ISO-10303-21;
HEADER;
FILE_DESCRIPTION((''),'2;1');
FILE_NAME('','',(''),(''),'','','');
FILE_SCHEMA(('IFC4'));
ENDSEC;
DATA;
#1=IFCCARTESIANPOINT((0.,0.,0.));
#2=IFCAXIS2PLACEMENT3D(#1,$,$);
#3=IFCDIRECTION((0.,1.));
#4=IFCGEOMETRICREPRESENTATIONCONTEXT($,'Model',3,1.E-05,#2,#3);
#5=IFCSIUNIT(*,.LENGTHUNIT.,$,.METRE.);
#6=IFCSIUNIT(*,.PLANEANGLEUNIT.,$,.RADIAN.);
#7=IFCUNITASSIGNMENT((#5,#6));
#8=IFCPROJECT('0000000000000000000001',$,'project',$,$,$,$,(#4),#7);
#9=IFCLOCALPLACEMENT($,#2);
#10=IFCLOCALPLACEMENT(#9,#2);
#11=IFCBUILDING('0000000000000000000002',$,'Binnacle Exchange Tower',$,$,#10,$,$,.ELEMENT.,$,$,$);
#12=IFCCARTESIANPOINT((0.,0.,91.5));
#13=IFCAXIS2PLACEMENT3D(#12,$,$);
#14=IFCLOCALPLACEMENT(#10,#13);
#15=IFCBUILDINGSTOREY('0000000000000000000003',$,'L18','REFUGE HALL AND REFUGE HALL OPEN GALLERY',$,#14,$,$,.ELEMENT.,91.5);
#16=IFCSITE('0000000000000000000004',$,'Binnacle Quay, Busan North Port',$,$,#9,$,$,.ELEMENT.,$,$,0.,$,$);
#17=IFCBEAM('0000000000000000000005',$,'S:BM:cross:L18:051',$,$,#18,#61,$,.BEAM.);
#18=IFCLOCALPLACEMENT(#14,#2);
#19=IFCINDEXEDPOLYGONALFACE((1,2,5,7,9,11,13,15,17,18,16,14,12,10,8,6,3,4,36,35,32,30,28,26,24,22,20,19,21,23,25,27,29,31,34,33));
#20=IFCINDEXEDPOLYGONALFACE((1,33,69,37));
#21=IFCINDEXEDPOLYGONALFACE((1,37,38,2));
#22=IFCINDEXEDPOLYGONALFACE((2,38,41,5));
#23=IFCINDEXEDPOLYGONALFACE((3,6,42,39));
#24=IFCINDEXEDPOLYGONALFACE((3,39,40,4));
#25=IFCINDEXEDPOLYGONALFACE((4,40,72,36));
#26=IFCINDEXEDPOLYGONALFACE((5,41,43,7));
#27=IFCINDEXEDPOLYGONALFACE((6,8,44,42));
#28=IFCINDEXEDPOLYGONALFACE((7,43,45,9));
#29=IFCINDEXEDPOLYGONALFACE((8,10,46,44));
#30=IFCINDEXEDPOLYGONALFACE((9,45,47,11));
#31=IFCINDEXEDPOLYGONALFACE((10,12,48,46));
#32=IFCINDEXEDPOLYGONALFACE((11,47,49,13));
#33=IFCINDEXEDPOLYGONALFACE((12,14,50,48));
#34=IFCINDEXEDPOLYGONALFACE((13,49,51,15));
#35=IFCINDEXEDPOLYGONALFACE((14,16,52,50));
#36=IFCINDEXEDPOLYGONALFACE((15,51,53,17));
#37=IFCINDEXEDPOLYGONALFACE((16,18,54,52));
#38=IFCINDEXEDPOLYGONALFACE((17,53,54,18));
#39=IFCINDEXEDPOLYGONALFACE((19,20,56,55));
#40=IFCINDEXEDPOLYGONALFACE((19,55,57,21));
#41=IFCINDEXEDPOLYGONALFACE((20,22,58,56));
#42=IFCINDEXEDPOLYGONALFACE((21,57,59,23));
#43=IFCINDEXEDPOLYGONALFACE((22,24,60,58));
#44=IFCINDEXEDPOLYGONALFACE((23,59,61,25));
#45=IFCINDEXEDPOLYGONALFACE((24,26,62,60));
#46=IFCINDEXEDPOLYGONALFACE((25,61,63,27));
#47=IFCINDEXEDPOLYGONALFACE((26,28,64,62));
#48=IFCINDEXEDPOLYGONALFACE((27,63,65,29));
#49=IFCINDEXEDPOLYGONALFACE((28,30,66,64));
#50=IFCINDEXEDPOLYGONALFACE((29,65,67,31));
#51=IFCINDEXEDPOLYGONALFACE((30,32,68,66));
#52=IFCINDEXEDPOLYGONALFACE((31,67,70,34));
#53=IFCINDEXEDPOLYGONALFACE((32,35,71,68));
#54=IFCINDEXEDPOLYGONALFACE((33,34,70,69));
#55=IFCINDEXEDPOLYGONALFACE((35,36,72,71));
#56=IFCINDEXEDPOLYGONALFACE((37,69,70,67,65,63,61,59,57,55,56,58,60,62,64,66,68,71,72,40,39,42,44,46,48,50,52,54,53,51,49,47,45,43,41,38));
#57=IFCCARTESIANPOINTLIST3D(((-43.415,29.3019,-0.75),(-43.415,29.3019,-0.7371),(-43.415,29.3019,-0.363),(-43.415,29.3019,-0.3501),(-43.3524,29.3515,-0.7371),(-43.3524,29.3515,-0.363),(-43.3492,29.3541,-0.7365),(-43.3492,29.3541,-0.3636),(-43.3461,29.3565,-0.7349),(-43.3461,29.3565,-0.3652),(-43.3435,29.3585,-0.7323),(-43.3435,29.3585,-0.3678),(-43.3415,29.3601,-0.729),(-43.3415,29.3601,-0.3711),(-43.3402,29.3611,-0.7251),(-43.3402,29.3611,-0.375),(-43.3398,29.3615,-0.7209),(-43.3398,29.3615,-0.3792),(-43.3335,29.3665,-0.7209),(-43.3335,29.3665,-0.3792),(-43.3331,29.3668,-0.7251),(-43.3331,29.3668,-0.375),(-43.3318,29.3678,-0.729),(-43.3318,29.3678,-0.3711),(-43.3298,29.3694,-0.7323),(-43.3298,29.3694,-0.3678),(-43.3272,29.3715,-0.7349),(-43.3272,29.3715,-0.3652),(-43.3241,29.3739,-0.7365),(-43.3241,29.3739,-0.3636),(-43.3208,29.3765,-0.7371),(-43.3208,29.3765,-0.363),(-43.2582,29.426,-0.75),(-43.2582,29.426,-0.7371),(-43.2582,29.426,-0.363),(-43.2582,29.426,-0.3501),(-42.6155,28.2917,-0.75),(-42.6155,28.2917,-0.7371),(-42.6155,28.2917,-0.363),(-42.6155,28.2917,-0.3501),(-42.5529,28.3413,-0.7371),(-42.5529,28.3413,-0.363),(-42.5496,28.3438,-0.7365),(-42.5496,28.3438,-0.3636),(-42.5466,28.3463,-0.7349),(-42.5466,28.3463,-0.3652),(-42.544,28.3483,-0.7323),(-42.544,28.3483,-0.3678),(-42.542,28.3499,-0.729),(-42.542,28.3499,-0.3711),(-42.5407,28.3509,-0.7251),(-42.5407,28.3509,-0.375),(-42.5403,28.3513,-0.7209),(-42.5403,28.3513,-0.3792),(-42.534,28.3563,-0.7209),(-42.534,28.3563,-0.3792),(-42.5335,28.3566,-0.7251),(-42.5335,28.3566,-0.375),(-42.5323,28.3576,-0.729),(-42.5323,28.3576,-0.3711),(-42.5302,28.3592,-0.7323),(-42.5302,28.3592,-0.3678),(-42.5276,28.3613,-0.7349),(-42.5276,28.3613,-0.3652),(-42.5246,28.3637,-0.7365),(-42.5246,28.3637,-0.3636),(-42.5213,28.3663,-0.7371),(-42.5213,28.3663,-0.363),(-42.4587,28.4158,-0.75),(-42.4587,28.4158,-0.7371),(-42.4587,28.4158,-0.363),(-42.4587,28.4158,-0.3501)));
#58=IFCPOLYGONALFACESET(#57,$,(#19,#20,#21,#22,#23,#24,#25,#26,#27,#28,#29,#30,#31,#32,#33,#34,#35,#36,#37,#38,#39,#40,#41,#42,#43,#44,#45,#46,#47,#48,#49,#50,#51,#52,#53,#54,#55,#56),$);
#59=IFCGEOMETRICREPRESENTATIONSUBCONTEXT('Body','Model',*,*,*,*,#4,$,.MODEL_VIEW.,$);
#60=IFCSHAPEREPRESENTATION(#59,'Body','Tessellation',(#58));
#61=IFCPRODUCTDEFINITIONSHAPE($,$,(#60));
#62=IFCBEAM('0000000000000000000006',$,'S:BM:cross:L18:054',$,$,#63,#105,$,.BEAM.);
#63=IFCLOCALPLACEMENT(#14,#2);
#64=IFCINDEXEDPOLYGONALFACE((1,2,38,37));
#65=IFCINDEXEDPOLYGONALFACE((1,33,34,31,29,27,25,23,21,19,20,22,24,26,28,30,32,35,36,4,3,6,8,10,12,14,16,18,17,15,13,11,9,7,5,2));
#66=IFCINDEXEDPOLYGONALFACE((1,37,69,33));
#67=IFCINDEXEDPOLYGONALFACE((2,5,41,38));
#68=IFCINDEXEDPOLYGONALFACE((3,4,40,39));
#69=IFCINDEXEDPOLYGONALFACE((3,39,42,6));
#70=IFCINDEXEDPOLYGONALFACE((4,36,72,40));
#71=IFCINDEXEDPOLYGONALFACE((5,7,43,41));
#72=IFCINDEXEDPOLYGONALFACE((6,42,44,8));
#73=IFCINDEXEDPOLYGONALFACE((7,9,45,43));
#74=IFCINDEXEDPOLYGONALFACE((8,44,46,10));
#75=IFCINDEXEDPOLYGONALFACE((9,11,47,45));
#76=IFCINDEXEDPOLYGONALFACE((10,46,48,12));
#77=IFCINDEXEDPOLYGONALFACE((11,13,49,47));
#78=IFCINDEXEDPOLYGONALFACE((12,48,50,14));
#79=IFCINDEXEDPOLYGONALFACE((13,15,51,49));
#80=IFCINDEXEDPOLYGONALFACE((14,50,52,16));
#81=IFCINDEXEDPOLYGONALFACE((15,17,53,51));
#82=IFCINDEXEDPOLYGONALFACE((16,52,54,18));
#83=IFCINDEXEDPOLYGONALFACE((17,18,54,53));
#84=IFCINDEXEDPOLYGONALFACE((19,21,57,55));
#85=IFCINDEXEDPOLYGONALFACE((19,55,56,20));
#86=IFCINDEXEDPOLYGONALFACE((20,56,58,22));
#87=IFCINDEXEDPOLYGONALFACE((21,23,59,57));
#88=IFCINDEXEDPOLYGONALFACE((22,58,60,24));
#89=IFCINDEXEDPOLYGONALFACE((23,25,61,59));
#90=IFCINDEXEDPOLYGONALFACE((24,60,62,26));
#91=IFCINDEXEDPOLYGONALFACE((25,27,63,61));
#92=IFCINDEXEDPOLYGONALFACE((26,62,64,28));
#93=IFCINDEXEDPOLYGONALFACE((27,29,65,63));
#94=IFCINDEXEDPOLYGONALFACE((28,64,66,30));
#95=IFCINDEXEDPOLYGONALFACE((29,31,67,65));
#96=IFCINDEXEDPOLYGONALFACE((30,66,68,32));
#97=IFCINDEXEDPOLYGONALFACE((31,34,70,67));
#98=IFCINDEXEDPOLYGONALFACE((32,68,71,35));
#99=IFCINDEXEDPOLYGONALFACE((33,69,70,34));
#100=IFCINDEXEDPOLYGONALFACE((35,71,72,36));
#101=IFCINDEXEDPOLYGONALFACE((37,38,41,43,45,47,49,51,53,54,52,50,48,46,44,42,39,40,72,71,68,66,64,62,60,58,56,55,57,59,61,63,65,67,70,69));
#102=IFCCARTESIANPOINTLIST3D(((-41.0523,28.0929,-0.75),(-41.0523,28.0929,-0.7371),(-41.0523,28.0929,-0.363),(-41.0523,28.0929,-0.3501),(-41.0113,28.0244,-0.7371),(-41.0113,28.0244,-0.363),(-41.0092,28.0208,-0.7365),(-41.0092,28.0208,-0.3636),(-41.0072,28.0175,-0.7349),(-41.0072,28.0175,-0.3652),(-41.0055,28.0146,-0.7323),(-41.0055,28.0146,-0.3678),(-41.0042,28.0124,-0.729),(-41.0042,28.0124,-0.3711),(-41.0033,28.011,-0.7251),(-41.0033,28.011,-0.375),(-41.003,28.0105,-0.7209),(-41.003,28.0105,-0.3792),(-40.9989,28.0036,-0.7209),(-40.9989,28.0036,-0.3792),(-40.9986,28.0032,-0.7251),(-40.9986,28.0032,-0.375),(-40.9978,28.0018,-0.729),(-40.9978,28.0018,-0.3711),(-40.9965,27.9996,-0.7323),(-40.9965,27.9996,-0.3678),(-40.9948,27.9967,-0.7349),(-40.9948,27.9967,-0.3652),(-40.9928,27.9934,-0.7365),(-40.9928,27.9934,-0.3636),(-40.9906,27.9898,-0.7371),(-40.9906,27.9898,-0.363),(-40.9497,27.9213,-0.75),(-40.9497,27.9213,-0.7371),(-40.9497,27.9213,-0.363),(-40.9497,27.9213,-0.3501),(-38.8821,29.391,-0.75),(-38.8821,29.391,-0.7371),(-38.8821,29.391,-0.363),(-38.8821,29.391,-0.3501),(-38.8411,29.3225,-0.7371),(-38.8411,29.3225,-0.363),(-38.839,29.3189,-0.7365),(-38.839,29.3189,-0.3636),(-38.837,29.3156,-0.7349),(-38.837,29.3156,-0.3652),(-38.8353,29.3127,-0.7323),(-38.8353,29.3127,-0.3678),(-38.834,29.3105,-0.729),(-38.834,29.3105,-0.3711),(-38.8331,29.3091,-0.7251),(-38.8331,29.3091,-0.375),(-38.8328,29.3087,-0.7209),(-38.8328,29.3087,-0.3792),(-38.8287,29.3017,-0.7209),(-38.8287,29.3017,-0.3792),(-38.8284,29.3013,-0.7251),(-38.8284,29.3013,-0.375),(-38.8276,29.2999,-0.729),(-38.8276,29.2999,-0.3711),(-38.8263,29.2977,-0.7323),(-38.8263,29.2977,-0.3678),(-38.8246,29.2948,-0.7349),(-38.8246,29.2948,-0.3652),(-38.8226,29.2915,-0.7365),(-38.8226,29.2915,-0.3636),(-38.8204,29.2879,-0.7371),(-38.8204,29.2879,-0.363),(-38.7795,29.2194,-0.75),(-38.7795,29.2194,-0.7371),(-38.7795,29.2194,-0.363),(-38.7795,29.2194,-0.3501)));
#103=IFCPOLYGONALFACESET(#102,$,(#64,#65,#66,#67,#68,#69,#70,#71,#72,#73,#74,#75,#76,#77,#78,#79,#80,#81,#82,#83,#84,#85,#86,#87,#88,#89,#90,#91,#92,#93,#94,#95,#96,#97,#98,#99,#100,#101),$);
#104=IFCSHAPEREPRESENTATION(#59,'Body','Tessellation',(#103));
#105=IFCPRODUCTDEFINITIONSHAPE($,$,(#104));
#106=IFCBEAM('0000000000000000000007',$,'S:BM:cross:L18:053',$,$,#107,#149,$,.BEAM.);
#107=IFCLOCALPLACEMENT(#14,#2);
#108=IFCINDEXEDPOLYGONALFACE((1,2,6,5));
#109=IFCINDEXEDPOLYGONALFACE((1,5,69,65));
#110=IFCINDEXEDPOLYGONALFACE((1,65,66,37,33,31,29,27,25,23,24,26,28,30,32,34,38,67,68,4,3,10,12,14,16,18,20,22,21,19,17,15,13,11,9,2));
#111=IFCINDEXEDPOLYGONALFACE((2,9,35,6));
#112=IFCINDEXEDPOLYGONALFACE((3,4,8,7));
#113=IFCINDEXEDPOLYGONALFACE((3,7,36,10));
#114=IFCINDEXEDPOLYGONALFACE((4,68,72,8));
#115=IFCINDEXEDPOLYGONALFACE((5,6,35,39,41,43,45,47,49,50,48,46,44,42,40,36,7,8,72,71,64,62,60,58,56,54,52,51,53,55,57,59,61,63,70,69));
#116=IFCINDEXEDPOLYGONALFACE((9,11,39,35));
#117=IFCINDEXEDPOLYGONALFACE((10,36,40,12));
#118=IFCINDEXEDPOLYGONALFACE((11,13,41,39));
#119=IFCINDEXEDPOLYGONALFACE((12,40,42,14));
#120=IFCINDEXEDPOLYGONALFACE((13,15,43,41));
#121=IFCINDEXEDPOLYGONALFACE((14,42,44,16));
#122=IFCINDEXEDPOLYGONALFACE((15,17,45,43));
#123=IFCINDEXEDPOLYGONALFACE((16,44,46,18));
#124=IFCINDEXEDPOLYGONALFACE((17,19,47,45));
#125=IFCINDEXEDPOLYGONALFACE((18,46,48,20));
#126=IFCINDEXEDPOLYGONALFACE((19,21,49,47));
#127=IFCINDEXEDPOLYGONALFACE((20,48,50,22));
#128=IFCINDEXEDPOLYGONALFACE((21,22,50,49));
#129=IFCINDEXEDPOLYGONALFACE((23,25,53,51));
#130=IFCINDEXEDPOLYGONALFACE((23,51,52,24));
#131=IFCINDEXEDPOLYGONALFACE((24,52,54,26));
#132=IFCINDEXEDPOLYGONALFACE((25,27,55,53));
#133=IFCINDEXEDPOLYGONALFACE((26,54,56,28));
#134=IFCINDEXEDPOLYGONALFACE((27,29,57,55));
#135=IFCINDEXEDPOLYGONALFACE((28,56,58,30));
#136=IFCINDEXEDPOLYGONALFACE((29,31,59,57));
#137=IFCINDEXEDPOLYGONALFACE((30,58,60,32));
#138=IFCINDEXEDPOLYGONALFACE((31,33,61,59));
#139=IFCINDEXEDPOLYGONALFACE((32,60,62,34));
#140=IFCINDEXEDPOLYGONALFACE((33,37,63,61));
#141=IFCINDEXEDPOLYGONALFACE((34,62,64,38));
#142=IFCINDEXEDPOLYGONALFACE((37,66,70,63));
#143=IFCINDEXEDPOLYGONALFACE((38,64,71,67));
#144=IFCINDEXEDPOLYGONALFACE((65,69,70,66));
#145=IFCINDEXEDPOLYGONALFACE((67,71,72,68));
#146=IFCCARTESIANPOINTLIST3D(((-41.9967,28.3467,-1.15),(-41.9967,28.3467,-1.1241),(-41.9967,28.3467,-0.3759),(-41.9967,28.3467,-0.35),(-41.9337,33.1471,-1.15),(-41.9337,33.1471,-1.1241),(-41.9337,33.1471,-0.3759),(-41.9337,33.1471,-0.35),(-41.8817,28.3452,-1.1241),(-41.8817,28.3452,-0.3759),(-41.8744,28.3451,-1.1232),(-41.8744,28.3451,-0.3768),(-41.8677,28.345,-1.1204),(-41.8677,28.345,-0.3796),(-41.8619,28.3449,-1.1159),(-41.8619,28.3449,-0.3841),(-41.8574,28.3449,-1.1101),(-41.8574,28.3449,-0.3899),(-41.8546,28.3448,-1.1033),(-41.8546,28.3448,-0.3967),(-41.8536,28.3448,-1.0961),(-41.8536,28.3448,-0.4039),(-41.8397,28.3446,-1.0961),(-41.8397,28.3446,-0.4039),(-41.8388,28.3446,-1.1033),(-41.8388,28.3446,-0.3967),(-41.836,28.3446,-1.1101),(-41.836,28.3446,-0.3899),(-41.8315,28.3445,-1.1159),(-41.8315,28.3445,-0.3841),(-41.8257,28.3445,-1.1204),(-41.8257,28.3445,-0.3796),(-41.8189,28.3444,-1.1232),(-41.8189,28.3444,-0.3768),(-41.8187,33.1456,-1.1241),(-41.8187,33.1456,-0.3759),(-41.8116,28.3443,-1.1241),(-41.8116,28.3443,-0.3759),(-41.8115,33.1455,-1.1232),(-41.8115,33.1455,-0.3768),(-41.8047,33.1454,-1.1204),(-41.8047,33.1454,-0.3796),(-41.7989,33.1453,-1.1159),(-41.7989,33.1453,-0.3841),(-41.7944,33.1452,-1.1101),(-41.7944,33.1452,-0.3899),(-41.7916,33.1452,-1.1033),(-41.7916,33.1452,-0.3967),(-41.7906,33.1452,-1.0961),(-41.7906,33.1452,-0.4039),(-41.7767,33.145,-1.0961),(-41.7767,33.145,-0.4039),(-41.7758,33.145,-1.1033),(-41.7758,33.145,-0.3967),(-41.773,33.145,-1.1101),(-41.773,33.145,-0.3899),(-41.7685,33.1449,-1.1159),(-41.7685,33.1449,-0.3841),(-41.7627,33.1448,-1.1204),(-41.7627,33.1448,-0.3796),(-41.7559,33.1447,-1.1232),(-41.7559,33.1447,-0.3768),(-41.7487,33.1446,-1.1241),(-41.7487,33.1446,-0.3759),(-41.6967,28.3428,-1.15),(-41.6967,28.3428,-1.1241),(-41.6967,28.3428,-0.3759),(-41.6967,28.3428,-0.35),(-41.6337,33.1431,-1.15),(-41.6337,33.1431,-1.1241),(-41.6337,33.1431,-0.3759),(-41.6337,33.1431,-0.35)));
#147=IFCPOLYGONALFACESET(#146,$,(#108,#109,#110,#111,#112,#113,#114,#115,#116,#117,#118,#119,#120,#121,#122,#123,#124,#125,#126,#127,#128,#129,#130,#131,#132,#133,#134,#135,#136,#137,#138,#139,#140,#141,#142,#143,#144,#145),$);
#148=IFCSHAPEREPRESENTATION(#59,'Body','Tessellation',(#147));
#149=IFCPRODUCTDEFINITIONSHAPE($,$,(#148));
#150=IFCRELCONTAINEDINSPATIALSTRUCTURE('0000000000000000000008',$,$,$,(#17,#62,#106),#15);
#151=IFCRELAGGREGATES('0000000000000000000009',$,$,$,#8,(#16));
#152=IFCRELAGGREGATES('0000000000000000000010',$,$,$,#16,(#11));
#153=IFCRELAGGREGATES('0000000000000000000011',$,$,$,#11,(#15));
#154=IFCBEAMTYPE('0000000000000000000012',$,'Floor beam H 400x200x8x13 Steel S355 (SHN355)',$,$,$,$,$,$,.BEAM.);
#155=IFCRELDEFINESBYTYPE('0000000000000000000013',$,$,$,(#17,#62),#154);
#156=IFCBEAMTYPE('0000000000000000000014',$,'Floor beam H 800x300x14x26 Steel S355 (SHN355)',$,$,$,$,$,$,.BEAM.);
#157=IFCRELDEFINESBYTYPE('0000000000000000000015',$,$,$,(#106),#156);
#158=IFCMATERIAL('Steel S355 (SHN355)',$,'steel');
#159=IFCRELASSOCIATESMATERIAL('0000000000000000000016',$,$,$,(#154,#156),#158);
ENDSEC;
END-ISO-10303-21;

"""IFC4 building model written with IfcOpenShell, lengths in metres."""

from ifc_helpers import new_model, si_unit, direction, frame, origin, origin_2d, place, context, subcontext, project, spatial, i_section, extrude, material, material_profile, profile_set, type_object, element, save


model = new_model("IFC4")

# Units and contexts
model_context = context("Model", 3, precision=1e-05, world=origin(), true_north=direction((0.0, 1.0)))
body_context = subcontext(model_context, "Body", "Model", "MODEL_VIEW")
ifc_project = project(units=[si_unit("LENGTHUNIT", "METRE"), si_unit("PLANEANGLEUNIT", "RADIAN")], contexts=[model_context])

# Site, building, storey
site_placement = place(None, origin())
site = spatial("IfcSite", under=ifc_project, at=site_placement, Name="Binnacle Quay, Busan North Port", CompositionType="ELEMENT", RefElevation=0.0)
building_placement = place(site_placement, origin())
building = spatial("IfcBuilding", under=site, at=building_placement, Name="Binnacle Exchange Tower", CompositionType="ELEMENT")
storey_placement = place(building_placement, frame((0.0, 0.0, 91.5)))
storey = spatial("IfcBuildingStorey", under=building, at=storey_placement, Name="L18", Description="REFUGE HALL AND REFUGE HALL OPEN GALLERY", CompositionType="ELEMENT", Elevation=91.5)

# Beams
ifc_material_1 = material(Name="Steel S355 (SHN355)", Category="steel")
ifc_material_profile_1 = material_profile(ifc_material_1, i_section(OverallWidth=0.2, OverallDepth=0.3999, WebThickness=0.0081, FlangeThickness=0.0129, FilletRadius=0.0161, at=origin_2d()), Name="H 400x200x8x13")
ifc_profile_set_1 = profile_set([ifc_material_profile_1], Name="Steel S355 (SHN355)")
beam_type_1 = type_object("IfcBeamType", Name="Floor beam H 400x200x8x13 Steel S355 (SHN355)", PredefinedType="BEAM", material=ifc_profile_set_1)
beam_1_placement = place(storey_placement, frame((-42.5371, 28.3538, -0.55), z_axis=(-0.620596, 0.78413, 0.0), x_axis=(-0.78413, -0.620596, 0.0)))
element("IfcBeam", 1, at=beam_1_placement, inside=storey, type_object=beam_type_1, Name="S:BM:cross:L18:051", PredefinedType="BEAM", context=body_context, shape_type="SweptSolid", body=[
    extrude(i_section(OverallWidth=0.2, OverallDepth=0.3999, WebThickness=0.0081, FlangeThickness=0.0129, FilletRadius=0.0161, at=origin_2d()), origin(), (0.0, 0.0, 1.0), 1.2883),
])
beam_2_placement = place(storey_placement, frame((-41.001, 28.0071, -0.55), z_axis=(0.858191, 0.513331, 0.0), x_axis=(-0.513331, 0.858191, 0.0)))
element("IfcBeam", 2, at=beam_2_placement, inside=storey, type_object=beam_type_1, Name="S:BM:cross:L18:054", PredefinedType="BEAM", context=body_context, shape_type="SweptSolid", body=[
    extrude(i_section(OverallWidth=0.2, OverallDepth=0.3999, WebThickness=0.0081, FlangeThickness=0.0129, FilletRadius=0.0161, at=origin_2d()), origin(), (0.0, 0.0, 1.0), 2.5288),
])
ifc_material_profile_2 = material_profile(ifc_material_1, i_section(OverallWidth=0.3, OverallDepth=0.8, WebThickness=0.0139, FlangeThickness=0.0259, FilletRadius=0.0281, at=origin_2d()), Name="H 800x300x14x26")
ifc_profile_set_2 = profile_set([ifc_material_profile_2], Name="Steel S355 (SHN355)")
beam_type_2 = type_object("IfcBeamType", Name="Floor beam H 800x300x14x26 Steel S355 (SHN355)", PredefinedType="BEAM", material=ifc_profile_set_2)
beam_3_placement = place(storey_placement, frame((-41.8467, 28.3447, -0.75), z_axis=(0.013121, 0.999914, 0.0), x_axis=(-0.999914, 0.013121, 0.0)))
element("IfcBeam", 3, at=beam_3_placement, inside=storey, type_object=beam_type_2, Name="S:BM:cross:L18:053", PredefinedType="BEAM", context=body_context, shape_type="SweptSolid", body=[
    extrude(i_section(OverallWidth=0.3, OverallDepth=0.8, WebThickness=0.0139, FlangeThickness=0.0259, FilletRadius=0.0281, at=origin_2d()), origin(), (0.0, 0.0, 1.0), 4.8008),
])

save(model, "model.ifc")
